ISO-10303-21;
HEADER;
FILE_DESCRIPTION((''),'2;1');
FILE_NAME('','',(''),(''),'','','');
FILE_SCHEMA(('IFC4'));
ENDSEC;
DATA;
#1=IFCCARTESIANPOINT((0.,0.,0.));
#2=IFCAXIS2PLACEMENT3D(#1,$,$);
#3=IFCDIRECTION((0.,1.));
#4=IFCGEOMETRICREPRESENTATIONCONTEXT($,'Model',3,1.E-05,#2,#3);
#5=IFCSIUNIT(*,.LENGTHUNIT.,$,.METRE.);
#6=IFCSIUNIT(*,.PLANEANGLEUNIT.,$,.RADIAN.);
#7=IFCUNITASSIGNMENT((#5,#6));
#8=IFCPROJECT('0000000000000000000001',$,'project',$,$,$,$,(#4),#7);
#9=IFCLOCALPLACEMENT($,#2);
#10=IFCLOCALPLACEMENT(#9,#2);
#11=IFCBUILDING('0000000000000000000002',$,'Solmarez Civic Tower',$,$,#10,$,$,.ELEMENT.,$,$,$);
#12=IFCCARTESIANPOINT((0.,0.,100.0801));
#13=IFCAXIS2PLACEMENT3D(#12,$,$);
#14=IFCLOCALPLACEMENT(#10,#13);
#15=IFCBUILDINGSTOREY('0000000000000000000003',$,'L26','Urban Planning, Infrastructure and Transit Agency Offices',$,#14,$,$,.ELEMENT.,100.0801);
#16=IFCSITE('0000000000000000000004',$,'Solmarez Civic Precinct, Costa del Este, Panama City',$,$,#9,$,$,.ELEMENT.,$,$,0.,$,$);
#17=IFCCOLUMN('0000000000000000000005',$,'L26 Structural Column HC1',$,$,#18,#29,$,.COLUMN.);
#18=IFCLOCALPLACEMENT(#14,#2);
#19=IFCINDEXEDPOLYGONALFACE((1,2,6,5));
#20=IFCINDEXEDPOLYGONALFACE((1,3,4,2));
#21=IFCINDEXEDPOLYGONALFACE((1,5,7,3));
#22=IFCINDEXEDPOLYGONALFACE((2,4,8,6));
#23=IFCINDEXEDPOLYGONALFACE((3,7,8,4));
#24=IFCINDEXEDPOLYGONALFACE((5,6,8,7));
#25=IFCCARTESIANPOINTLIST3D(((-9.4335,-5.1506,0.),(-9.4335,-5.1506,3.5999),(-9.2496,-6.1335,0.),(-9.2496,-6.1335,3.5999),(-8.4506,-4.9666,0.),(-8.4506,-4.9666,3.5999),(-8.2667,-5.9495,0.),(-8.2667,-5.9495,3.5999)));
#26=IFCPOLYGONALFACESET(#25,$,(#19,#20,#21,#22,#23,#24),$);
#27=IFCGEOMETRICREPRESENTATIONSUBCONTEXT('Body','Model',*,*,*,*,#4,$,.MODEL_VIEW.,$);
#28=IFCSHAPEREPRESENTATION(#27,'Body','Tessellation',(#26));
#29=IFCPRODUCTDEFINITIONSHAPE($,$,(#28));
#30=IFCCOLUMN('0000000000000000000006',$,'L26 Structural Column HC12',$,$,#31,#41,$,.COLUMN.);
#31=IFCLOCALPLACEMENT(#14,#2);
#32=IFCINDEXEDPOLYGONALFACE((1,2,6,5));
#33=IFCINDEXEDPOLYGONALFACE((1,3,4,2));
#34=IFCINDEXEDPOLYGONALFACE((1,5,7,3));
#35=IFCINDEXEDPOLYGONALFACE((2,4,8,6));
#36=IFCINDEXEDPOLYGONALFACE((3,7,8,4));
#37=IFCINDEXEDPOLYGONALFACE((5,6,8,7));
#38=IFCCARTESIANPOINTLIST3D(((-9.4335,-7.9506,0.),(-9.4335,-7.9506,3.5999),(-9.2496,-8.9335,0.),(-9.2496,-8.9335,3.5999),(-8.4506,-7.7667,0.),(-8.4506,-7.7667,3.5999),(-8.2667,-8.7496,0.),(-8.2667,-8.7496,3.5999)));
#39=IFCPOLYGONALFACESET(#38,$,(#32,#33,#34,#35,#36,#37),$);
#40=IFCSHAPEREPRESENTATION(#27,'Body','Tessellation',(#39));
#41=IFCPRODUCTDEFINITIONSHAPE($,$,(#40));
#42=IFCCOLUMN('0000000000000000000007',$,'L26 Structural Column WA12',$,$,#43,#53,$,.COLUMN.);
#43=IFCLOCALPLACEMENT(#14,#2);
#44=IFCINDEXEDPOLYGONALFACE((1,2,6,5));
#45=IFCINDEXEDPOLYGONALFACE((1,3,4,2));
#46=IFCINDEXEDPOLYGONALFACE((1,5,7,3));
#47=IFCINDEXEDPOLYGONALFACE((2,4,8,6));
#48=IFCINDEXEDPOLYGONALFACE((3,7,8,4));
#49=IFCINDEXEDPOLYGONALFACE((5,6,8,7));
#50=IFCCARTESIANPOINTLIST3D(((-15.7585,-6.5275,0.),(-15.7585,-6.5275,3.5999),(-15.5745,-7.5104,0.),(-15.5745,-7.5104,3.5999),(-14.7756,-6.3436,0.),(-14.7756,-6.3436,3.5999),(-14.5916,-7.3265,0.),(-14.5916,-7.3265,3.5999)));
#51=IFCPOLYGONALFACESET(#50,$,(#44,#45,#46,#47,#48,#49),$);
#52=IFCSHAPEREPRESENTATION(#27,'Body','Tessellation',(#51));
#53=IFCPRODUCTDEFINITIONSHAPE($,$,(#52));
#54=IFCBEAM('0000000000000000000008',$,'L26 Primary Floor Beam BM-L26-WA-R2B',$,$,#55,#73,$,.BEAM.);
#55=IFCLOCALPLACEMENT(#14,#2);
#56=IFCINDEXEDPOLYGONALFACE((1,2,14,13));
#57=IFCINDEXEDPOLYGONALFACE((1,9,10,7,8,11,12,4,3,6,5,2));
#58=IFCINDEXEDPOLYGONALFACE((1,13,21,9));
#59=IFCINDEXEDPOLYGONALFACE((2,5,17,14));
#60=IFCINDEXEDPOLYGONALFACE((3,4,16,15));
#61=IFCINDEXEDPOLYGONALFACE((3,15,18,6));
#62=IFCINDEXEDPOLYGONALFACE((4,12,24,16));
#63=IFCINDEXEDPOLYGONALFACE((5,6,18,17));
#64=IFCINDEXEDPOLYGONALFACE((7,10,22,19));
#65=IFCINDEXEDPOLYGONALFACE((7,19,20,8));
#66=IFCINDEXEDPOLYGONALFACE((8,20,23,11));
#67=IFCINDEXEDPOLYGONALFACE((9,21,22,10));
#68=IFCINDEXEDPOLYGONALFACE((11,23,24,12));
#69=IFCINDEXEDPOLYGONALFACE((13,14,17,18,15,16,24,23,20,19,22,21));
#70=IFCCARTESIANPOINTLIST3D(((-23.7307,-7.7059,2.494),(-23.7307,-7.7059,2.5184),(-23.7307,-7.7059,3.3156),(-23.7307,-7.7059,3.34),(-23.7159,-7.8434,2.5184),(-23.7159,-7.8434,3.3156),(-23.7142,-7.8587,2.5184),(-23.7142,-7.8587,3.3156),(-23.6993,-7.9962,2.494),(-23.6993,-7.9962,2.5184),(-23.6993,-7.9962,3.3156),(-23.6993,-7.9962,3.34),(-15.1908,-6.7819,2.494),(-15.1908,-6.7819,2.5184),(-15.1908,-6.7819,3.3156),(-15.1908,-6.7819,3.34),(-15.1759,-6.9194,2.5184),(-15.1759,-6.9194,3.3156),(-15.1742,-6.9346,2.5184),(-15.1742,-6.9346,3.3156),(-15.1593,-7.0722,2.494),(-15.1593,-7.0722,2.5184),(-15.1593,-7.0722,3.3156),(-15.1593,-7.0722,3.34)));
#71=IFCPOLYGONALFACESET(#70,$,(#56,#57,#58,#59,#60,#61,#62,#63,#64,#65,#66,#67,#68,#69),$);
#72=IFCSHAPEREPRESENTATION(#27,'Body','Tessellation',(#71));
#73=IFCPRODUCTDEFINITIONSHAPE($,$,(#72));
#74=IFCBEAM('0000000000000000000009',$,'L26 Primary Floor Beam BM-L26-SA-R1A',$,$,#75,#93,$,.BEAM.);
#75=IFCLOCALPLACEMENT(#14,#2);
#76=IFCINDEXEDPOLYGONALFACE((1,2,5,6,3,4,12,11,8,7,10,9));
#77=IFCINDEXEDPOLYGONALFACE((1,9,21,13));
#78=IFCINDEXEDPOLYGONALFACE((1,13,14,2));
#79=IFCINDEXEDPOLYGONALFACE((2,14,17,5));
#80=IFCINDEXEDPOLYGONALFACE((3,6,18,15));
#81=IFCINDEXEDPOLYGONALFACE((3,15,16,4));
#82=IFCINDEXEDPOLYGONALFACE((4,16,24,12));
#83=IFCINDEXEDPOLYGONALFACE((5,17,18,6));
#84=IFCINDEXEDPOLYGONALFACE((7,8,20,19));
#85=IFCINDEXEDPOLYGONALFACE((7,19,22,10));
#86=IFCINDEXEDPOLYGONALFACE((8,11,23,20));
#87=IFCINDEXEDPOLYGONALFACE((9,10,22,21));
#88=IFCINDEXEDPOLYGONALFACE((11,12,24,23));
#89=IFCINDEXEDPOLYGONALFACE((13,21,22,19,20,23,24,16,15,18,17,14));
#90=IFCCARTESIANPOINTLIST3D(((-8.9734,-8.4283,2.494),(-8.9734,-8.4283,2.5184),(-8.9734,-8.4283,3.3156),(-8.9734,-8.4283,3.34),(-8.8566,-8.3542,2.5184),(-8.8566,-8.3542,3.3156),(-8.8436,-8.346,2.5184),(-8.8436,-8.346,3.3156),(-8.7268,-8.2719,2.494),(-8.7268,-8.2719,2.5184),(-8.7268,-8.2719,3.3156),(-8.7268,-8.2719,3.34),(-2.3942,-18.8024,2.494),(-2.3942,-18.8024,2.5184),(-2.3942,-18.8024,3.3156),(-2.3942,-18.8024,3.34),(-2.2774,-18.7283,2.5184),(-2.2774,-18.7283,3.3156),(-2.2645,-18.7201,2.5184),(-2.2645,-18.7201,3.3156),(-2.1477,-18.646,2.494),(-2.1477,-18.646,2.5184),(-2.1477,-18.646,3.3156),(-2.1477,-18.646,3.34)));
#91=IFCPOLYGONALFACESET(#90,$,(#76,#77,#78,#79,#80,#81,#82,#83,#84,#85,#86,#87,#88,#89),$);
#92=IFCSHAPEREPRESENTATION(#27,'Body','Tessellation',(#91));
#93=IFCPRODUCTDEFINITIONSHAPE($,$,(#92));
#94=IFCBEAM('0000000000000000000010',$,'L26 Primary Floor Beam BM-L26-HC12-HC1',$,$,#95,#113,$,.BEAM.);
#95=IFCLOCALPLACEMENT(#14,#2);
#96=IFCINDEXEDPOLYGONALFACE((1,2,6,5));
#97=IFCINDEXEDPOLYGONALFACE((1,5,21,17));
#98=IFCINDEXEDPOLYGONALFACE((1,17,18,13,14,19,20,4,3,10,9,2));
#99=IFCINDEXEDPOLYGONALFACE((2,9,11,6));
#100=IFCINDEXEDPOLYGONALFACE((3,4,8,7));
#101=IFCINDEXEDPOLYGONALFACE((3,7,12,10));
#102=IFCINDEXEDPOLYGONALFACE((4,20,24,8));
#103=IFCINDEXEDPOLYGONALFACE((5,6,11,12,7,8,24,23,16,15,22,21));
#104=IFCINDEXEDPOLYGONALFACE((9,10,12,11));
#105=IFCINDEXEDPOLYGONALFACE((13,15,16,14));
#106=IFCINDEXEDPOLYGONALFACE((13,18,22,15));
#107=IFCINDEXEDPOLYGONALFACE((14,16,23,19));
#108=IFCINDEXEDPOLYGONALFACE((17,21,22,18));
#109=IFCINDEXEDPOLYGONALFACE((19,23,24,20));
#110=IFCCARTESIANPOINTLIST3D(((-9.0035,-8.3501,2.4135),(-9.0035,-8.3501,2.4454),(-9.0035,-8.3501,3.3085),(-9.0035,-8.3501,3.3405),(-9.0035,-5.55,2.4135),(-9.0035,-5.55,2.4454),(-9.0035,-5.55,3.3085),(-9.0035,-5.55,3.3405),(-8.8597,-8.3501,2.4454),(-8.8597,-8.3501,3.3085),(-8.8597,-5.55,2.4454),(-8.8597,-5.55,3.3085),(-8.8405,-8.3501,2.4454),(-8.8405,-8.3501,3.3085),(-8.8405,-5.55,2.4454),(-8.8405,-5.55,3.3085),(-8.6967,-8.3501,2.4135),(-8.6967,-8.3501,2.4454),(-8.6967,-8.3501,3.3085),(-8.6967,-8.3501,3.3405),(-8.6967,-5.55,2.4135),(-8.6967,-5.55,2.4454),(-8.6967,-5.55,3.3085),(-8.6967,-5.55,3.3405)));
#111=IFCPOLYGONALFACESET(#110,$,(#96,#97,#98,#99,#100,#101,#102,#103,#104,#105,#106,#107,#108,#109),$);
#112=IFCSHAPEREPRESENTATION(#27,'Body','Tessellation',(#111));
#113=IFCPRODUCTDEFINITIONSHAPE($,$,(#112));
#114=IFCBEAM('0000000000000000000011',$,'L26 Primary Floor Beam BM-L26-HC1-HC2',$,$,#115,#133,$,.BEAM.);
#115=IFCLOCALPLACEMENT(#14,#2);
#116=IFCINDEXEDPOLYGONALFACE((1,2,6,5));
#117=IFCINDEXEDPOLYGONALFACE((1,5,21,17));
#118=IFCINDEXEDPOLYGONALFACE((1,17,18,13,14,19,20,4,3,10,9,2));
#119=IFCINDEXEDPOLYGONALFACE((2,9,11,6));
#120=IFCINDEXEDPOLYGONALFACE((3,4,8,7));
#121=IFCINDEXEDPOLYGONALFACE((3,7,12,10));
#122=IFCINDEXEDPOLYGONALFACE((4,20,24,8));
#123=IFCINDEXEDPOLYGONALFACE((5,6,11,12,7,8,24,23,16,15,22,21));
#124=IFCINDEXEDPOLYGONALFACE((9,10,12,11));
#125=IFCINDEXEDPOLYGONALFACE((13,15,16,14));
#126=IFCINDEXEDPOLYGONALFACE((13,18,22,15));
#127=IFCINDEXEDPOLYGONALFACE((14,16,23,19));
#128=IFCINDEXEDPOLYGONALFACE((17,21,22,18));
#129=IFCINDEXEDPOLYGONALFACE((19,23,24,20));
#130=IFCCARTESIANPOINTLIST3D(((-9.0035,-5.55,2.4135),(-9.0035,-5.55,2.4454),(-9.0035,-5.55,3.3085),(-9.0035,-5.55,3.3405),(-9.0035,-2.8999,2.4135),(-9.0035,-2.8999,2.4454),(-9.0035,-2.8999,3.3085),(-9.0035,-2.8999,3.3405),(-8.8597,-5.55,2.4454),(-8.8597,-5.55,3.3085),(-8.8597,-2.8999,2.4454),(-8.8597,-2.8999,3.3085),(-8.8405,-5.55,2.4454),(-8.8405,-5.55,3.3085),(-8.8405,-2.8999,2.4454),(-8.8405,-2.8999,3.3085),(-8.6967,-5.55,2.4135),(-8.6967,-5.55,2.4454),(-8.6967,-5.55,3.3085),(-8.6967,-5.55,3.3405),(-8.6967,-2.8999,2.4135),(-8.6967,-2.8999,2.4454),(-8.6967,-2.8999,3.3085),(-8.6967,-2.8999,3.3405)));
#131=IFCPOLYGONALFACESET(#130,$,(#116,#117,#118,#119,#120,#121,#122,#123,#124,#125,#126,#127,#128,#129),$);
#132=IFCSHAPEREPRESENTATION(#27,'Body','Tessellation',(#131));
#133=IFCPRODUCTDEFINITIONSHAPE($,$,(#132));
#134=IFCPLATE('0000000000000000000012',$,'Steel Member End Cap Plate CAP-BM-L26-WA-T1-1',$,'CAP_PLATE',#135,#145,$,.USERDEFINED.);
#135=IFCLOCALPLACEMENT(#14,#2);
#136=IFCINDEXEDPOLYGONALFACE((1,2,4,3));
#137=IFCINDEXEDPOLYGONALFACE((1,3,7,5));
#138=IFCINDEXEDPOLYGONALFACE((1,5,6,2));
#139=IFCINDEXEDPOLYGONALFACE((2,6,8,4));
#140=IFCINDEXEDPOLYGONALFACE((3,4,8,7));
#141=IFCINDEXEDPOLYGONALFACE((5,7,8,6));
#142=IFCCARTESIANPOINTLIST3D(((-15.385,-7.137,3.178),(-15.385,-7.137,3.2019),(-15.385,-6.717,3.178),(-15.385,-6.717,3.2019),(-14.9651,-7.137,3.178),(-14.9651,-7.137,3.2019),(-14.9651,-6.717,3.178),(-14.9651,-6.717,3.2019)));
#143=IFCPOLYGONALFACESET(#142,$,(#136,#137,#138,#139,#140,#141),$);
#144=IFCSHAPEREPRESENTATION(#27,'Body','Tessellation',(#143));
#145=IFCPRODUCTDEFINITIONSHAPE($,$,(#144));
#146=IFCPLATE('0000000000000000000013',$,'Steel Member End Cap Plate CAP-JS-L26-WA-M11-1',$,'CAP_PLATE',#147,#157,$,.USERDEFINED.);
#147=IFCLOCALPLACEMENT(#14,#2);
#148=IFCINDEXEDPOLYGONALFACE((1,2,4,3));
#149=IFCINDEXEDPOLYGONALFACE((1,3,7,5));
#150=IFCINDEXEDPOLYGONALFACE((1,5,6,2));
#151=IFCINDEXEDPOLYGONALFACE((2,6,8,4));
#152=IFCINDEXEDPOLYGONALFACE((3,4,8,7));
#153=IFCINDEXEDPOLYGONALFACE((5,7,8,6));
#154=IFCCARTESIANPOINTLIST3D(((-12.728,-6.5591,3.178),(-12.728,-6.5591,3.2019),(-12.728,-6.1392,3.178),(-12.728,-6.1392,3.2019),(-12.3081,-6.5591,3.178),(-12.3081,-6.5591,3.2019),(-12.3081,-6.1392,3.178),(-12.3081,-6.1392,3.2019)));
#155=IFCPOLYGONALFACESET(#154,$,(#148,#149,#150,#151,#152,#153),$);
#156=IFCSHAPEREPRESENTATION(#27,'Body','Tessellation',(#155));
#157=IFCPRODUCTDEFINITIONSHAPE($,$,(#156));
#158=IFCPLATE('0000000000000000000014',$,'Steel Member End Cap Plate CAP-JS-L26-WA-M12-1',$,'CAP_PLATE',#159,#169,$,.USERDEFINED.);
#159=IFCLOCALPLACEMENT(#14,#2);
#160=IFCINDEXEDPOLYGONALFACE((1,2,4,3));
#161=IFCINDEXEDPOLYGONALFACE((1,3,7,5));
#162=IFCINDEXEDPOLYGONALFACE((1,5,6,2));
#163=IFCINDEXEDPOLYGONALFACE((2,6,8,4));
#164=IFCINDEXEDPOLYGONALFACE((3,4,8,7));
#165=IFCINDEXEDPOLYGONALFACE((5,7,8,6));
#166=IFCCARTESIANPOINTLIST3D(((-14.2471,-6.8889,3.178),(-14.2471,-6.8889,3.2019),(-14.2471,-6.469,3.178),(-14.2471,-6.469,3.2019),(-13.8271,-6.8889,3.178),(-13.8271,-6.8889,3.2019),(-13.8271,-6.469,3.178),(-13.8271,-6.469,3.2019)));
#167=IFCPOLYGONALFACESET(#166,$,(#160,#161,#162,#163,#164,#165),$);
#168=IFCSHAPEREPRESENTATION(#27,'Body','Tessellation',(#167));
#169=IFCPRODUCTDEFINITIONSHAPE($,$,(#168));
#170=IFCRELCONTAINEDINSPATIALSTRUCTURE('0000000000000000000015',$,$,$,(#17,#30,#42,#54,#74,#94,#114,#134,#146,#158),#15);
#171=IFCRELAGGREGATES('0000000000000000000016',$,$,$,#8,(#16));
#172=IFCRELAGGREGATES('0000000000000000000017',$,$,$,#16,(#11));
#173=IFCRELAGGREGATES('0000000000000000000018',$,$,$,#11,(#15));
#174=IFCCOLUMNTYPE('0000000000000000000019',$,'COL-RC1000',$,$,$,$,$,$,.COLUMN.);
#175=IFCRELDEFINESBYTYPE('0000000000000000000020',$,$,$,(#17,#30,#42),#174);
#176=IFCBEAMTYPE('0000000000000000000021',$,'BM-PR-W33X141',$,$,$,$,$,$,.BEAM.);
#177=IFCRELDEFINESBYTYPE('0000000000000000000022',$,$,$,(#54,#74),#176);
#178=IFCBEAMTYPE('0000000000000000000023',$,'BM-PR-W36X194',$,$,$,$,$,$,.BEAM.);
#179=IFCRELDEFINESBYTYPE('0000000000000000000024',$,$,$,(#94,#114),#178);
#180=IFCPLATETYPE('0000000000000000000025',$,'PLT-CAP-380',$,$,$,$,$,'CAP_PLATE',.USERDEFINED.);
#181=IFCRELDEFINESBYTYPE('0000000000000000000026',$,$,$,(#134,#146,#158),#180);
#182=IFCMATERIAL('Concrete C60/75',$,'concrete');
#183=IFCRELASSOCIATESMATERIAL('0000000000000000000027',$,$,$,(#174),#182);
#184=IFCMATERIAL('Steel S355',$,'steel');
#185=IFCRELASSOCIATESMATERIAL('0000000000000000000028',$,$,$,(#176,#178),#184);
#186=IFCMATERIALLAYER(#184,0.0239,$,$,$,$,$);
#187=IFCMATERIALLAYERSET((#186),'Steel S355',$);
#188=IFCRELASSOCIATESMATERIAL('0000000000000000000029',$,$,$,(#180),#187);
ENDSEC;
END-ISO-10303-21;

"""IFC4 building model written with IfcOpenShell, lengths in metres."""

from ifc_helpers import new_model, si_unit, direction, frame, origin, origin_2d, place, context, subcontext, project, spatial, rectangle, i_section, extrude, material, layer, layer_set, material_profile, profile_set, type_object, element, save


model = new_model("IFC4")

# Units and contexts
model_context = context("Model", 3, precision=1e-05, world=origin(), true_north=direction((0.0, 1.0)))
body_context = subcontext(model_context, "Body", "Model", "MODEL_VIEW")
ifc_project = project(units=[si_unit("LENGTHUNIT", "METRE"), si_unit("PLANEANGLEUNIT", "RADIAN")], contexts=[model_context])

# Site, building, storey
site_placement = place(None, origin())
site = spatial("IfcSite", under=ifc_project, at=site_placement, Name="Solmarez Civic Precinct, Costa del Este, Panama City", CompositionType="ELEMENT", RefElevation=0.0)
building_placement = place(site_placement, origin())
building = spatial("IfcBuilding", under=site, at=building_placement, Name="Solmarez Civic Tower", CompositionType="ELEMENT")
storey_placement = place(building_placement, frame((0.0, 0.0, 100.0801)))
storey = spatial("IfcBuildingStorey", under=building, at=storey_placement, Name="L26", Description="Urban Planning, Infrastructure and Transit Agency Offices", CompositionType="ELEMENT", Elevation=100.0801)

# Columns
ifc_material_1 = material(Name="Concrete C60/75", Category="concrete")
ifc_material_profile_1 = material_profile(ifc_material_1, rectangle(XDim=1.0, YDim=1.0, at=origin_2d()), Name="RC1000X1000")
ifc_profile_set_1 = profile_set([ifc_material_profile_1], Name="Concrete C60/75")
column_type = type_object("IfcColumnType", Name="COL-RC1000", PredefinedType="COLUMN", material=ifc_profile_set_1)
for number, where, z_axis, x_axis, name in (
    (1, (-8.8501, -5.55, 0.0), (0.0, 0.0, 1.0), (0.982935, 0.183951, 0.0), "L26 Structural Column HC1"),
    (2, (-8.8501, -8.3501, 0.0), (0.0, 0.0, 1.0), (0.982935, 0.183951, 0.0), "L26 Structural Column HC12"),
    (3, (-15.175, -6.927, 0.0), (0.0, 0.0, 1.0), (0.982935, 0.183951, 0.0), "L26 Structural Column WA12"),
):
    element("IfcColumn", number, at=place(storey_placement, frame(where, z_axis=z_axis, x_axis=x_axis)), inside=storey, type_object=column_type, Name=name, PredefinedType="COLUMN", context=body_context, shape_type="SweptSolid", body=[
        extrude(rectangle(XDim=1.0, YDim=1.0, at=origin_2d()), origin(), (0.0, 0.0, 1.0), 3.5999),
    ])

# Beams
ifc_material_2 = material(Name="Steel S355", Category="steel")
ifc_material_profile_2 = material_profile(ifc_material_2, i_section(OverallWidth=0.292, OverallDepth=0.8459, WebThickness=0.0154, FlangeThickness=0.0244, at=origin_2d()), Name="W33X141")
ifc_profile_set_2 = profile_set([ifc_material_profile_2], Name="Steel S355")
beam_type_1 = type_object("IfcBeamType", Name="BM-PR-W33X141", PredefinedType="BEAM", material=ifc_profile_set_2)
beam_1_placement = place(storey_placement, frame((-15.175, -6.927, 2.917), z_axis=(-0.994197, -0.107577, 0.0), x_axis=(0.107577, -0.994197, 0.0)))
element("IfcBeam", 4, at=beam_1_placement, inside=storey, type_object=beam_type_1, Name="L26 Primary Floor Beam BM-L26-WA-R2B", PredefinedType="BEAM", context=body_context, shape_type="SweptSolid", body=[
    extrude(i_section(OverallWidth=0.292, OverallDepth=0.8459, WebThickness=0.0154, FlangeThickness=0.0244, at=origin_2d()), origin(), (0.0, 0.0, 1.0), 8.5898),
])
beam_2_placement = place(storey_placement, frame((-8.8501, -8.3501, 2.917), z_axis=(0.535568, -0.844492, 0.0), x_axis=(0.844492, 0.535568, 0.0)))
element("IfcBeam", 5, at=beam_2_placement, inside=storey, type_object=beam_type_1, Name="L26 Primary Floor Beam BM-L26-SA-R1A", PredefinedType="BEAM", context=body_context, shape_type="SweptSolid", body=[
    extrude(i_section(OverallWidth=0.292, OverallDepth=0.8459, WebThickness=0.0154, FlangeThickness=0.0244, at=origin_2d()), origin(), (0.0, 0.0, 1.0), 12.2844),
])
ifc_material_profile_3 = material_profile(ifc_material_2, i_section(OverallWidth=0.3069, OverallDepth=0.927, WebThickness=0.0193, FlangeThickness=0.032, at=origin_2d()), Name="W36X194")
ifc_profile_set_3 = profile_set([ifc_material_profile_3], Name="Steel S355")
beam_type_2 = type_object("IfcBeamType", Name="BM-PR-W36X194", PredefinedType="BEAM", material=ifc_profile_set_3)
beam_3_placement = place(storey_placement, frame((-8.8501, -8.3501, 2.877), z_axis=(0.0, 1.0, 0.0), x_axis=(-1.0, 0.0, 0.0)))
element("IfcBeam", 6, at=beam_3_placement, inside=storey, type_object=beam_type_2, Name="L26 Primary Floor Beam BM-L26-HC12-HC1", PredefinedType="BEAM", context=body_context, shape_type="SweptSolid", body=[
    extrude(i_section(OverallWidth=0.3069, OverallDepth=0.927, WebThickness=0.0193, FlangeThickness=0.032, at=origin_2d()), origin(), (0.0, 0.0, 1.0), 2.8),
])
beam_4_placement = place(storey_placement, frame((-8.8501, -5.55, 2.877), z_axis=(0.0, 1.0, 0.0), x_axis=(-1.0, 0.0, 0.0)))
element("IfcBeam", 7, at=beam_4_placement, inside=storey, type_object=beam_type_2, Name="L26 Primary Floor Beam BM-L26-HC1-HC2", PredefinedType="BEAM", context=body_context, shape_type="SweptSolid", body=[
    extrude(i_section(OverallWidth=0.3069, OverallDepth=0.927, WebThickness=0.0193, FlangeThickness=0.032, at=origin_2d()), origin(), (0.0, 0.0, 1.0), 2.6501),
])

# Plates
ifc_layer_1 = layer(ifc_material_2, 0.0239)
ifc_layer_set_1 = layer_set([ifc_layer_1], Name="Steel S355")
plate_type = type_object("IfcPlateType", Name="PLT-CAP-380", ElementType="CAP_PLATE", PredefinedType="USERDEFINED", material=ifc_layer_set_1)
for number, where, z_axis, x_axis, name in (
    (8, (-15.175, -6.927, 3.178), (0.0, 0.0, 1.0), (1.0, 0.0, 0.0), "Steel Member End Cap Plate CAP-BM-L26-WA-T1-1"),
    (9, (-12.5181, -6.3491, 3.178), (0.0, 0.0, 1.0), (1.0, 0.0, 0.0), "Steel Member End Cap Plate CAP-JS-L26-WA-M11-1"),
    (10, (-14.0371, -6.679, 3.178), (0.0, 0.0, 1.0), (1.0, 0.0, 0.0), "Steel Member End Cap Plate CAP-JS-L26-WA-M12-1"),
):
    element("IfcPlate", number, at=place(storey_placement, frame(where, z_axis=z_axis, x_axis=x_axis)), inside=storey, type_object=plate_type, Name=name, ObjectType="CAP_PLATE", PredefinedType="USERDEFINED", context=body_context, shape_type="SweptSolid", body=[
        extrude(rectangle(XDim=0.4199, YDim=0.4199, at=origin_2d()), origin(), (0.0, 0.0, 1.0), 0.0239),
    ])

save(model, "model.ifc")
